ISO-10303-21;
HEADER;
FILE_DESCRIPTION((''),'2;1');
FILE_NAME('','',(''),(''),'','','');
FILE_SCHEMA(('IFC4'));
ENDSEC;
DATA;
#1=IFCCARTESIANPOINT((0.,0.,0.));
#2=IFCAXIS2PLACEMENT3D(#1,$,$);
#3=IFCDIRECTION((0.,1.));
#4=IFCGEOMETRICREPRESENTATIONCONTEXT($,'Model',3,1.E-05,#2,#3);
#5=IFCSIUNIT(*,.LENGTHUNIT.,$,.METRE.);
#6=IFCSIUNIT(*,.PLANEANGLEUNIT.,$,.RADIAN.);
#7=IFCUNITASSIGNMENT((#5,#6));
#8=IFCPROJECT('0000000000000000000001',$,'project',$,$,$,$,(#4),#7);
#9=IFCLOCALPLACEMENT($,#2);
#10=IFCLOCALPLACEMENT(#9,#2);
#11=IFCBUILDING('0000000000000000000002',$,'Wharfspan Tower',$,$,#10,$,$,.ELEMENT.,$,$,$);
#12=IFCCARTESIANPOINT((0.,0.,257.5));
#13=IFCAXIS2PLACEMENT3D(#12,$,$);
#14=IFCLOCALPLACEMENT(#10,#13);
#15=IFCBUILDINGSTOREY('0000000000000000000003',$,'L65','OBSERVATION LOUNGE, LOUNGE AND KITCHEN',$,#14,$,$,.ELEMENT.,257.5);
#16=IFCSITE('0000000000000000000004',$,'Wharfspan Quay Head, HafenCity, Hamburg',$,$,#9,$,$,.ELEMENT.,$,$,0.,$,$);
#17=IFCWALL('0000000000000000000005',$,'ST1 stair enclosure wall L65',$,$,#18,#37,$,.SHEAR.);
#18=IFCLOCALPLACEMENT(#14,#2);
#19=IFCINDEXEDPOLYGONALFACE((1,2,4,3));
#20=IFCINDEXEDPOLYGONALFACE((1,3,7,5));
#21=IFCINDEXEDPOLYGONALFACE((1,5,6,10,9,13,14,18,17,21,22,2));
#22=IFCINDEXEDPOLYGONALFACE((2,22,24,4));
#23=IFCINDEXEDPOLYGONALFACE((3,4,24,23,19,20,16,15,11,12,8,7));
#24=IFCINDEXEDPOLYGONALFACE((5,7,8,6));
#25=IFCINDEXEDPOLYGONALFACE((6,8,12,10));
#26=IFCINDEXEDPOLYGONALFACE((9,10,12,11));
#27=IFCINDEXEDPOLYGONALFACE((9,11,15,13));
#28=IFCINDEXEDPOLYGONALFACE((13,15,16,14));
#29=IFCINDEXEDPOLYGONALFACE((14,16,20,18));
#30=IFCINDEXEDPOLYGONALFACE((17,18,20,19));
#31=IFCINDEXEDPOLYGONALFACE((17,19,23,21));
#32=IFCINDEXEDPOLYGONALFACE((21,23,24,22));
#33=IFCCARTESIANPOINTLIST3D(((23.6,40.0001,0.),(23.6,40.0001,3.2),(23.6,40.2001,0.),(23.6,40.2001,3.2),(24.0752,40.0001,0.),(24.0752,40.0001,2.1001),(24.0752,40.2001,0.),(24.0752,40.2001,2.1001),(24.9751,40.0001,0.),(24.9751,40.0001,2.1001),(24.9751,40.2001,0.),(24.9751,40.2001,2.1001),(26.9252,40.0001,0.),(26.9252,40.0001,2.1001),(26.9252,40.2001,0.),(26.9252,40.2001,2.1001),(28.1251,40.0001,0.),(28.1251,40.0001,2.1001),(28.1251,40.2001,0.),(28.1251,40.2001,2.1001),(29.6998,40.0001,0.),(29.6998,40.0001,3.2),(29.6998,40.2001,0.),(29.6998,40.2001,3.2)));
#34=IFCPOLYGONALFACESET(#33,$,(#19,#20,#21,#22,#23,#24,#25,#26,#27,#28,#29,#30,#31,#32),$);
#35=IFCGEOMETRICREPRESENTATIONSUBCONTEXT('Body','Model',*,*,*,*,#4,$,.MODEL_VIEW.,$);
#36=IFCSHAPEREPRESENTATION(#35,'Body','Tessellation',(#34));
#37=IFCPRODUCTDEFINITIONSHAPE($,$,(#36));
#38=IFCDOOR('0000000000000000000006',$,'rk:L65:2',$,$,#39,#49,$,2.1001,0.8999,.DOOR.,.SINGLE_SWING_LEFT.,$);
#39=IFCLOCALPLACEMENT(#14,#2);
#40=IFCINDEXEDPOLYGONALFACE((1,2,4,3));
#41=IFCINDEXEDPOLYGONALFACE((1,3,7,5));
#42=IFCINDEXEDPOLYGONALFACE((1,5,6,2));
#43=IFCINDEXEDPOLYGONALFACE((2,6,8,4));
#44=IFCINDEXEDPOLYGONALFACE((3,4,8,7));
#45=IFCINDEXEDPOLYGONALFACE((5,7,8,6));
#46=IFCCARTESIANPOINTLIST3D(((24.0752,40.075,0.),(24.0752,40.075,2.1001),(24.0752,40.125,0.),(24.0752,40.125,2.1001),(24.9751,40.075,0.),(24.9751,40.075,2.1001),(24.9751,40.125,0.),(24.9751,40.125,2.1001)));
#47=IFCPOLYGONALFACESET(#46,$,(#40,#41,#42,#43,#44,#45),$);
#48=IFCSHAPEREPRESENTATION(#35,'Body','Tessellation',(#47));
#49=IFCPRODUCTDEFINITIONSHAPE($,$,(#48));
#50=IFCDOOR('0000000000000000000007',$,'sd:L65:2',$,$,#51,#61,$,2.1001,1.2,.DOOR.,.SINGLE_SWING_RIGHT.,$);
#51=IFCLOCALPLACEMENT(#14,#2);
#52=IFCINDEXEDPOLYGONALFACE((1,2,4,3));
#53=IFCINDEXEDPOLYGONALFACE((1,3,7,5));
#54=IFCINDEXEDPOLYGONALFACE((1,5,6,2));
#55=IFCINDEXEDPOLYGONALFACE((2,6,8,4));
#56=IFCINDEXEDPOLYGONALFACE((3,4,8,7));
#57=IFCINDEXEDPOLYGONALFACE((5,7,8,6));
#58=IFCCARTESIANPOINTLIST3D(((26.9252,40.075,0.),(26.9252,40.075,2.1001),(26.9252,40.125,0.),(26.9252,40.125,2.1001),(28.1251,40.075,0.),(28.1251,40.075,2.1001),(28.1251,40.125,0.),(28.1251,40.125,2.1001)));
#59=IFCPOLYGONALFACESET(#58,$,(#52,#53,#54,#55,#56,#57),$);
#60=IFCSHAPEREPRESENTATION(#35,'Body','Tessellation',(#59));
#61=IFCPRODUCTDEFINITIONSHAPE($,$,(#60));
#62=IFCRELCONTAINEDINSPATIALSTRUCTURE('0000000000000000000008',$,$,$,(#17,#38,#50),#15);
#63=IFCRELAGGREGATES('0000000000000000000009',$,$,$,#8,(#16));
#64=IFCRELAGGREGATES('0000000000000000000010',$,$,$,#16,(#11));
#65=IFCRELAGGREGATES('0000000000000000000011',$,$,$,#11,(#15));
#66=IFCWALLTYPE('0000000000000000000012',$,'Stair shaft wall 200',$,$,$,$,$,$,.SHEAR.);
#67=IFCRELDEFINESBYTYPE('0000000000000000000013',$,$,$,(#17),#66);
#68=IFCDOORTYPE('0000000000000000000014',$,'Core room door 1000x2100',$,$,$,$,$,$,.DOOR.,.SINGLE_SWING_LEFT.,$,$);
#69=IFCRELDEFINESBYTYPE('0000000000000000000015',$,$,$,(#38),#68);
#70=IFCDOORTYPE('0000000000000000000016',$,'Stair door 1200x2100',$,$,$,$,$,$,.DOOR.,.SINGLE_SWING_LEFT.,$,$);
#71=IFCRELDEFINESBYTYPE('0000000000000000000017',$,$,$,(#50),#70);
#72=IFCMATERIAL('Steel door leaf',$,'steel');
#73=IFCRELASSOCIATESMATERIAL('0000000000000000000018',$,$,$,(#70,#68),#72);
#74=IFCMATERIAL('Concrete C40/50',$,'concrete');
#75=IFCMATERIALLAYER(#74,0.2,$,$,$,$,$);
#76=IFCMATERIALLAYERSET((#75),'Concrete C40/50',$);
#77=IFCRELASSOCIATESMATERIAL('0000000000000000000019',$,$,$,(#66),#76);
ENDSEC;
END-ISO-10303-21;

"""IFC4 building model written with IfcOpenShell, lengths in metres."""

from ifc_helpers import new_model, si_unit, direction, frame, frame_2d, origin, place, context, subcontext, project, spatial, rectangle, extrude, material, layer, layer_set, type_object, element, fill, save


model = new_model("IFC4")

# Units and contexts
model_context = context("Model", 3, precision=1e-05, world=origin(), true_north=direction((0.0, 1.0)))
body_context = subcontext(model_context, "Body", "Model", "MODEL_VIEW")
ifc_project = project(units=[si_unit("LENGTHUNIT", "METRE"), si_unit("PLANEANGLEUNIT", "RADIAN")], contexts=[model_context])

# Site, building, storey
site_placement = place(None, origin())
site = spatial("IfcSite", under=ifc_project, at=site_placement, Name="Wharfspan Quay Head, HafenCity, Hamburg", CompositionType="ELEMENT", RefElevation=0.0)
building_placement = place(site_placement, origin())
building = spatial("IfcBuilding", under=site, at=building_placement, Name="Wharfspan Tower", CompositionType="ELEMENT")
storey_placement = place(building_placement, frame((0.0, 0.0, 257.5)))
storey = spatial("IfcBuildingStorey", under=building, at=storey_placement, Name="L65", Description="OBSERVATION LOUNGE, LOUNGE AND KITCHEN", CompositionType="ELEMENT", Elevation=257.5)

# Shared definitions
ifc_material_1 = material(Name="Steel door leaf", Category="steel")
door_type_1 = type_object("IfcDoorType", Name="Stair door 1200x2100", OperationType="SINGLE_SWING_LEFT", PredefinedType="DOOR", material=ifc_material_1)

# Wall, openings, doors
ifc_material_2 = material(Name="Concrete C40/50", Category="concrete")
ifc_layer_1 = layer(ifc_material_2, 0.2)
ifc_layer_set_1 = layer_set([ifc_layer_1], Name="Concrete C40/50")
wall_type_1 = type_object("IfcWallType", Name="Stair shaft wall 200", PredefinedType="SHEAR", material=ifc_layer_set_1)
wall_1_placement = place(storey_placement, frame((23.6001, 40.1001, 0.0), z_axis=(0.0, 0.0, 1.0), x_axis=(1.0, 0.0, 0.0)))
wall_1 = element("IfcWall", 1, at=wall_1_placement, inside=storey, type_object=wall_type_1, Name="ST1 stair enclosure wall L65", PredefinedType="SHEAR", context=body_context, shape_type="SweptSolid", body=[
    extrude(rectangle(XDim=6.0999, YDim=0.2, at=frame_2d((3.0498, 0.0))), origin(), (0.0, 0.0, 1.0), 3.2),
])
opening_1_placement = place(wall_1_placement, frame((3.325, 0.0, 0.0)))
opening_1 = element("IfcOpeningElement", 2, at=opening_1_placement, cuts=wall_1, PredefinedType="OPENING", context=body_context, shape_type="SweptSolid", body=[
    extrude(rectangle(XDim=1.2, YDim=2.1001, at=frame_2d((0.6001, 1.05))), frame((0.0, 0.1099, 0.0), z_axis=(0.0, -1.0, 0.0), x_axis=(1.0, 0.0, 0.0)), (0.0, 0.0, 1.0), 0.22),
])
opening_2_placement = place(wall_1_placement, frame((0.4751, 0.0, 0.0)))
opening_2 = element("IfcOpeningElement", 3, at=opening_2_placement, cuts=wall_1, PredefinedType="OPENING", context=body_context, shape_type="SweptSolid", body=[
    extrude(rectangle(XDim=0.8999, YDim=2.1001, at=frame_2d((0.45, 1.05))), frame((0.0, 0.1099, 0.0), z_axis=(0.0, -1.0, 0.0), x_axis=(1.0, 0.0, 0.0)), (0.0, 0.0, 1.0), 0.22),
])
door_type_2 = type_object("IfcDoorType", Name="Core room door 1000x2100", OperationType="SINGLE_SWING_LEFT", PredefinedType="DOOR", material=ifc_material_1)
door_1_placement = place(opening_2_placement, origin())
door_1 = element("IfcDoor", 4, at=door_1_placement, inside=storey, type_object=door_type_2, Name="rk:L65:2", OperationType="SINGLE_SWING_LEFT", OverallHeight=2.1001, OverallWidth=0.8999, PredefinedType="DOOR", context=body_context, shape_type="SweptSolid", body=[
    extrude(rectangle(XDim=0.8999, YDim=2.1001, at=frame_2d((0.45, 1.05))), frame((0.0, 0.0249, 0.0), z_axis=(0.0, -1.0, 0.0), x_axis=(1.0, 0.0, 0.0)), (0.0, 0.0, 1.0), 0.05),
])
fill(opening_2, door_1)
door_2_placement = place(opening_1_placement, origin())
door_2 = element("IfcDoor", 5, at=door_2_placement, inside=storey, type_object=door_type_1, Name="sd:L65:2", OperationType="SINGLE_SWING_RIGHT", OverallHeight=2.1001, OverallWidth=1.2, PredefinedType="DOOR", context=body_context, shape_type="SweptSolid", body=[
    extrude(rectangle(XDim=1.2, YDim=2.1001, at=frame_2d((0.6001, 1.05))), frame((0.0, 0.0249, 0.0), z_axis=(0.0, -1.0, 0.0), x_axis=(1.0, 0.0, 0.0)), (0.0, 0.0, 1.0), 0.05),
])
fill(opening_1, door_2)

save(model, "model.ifc")
